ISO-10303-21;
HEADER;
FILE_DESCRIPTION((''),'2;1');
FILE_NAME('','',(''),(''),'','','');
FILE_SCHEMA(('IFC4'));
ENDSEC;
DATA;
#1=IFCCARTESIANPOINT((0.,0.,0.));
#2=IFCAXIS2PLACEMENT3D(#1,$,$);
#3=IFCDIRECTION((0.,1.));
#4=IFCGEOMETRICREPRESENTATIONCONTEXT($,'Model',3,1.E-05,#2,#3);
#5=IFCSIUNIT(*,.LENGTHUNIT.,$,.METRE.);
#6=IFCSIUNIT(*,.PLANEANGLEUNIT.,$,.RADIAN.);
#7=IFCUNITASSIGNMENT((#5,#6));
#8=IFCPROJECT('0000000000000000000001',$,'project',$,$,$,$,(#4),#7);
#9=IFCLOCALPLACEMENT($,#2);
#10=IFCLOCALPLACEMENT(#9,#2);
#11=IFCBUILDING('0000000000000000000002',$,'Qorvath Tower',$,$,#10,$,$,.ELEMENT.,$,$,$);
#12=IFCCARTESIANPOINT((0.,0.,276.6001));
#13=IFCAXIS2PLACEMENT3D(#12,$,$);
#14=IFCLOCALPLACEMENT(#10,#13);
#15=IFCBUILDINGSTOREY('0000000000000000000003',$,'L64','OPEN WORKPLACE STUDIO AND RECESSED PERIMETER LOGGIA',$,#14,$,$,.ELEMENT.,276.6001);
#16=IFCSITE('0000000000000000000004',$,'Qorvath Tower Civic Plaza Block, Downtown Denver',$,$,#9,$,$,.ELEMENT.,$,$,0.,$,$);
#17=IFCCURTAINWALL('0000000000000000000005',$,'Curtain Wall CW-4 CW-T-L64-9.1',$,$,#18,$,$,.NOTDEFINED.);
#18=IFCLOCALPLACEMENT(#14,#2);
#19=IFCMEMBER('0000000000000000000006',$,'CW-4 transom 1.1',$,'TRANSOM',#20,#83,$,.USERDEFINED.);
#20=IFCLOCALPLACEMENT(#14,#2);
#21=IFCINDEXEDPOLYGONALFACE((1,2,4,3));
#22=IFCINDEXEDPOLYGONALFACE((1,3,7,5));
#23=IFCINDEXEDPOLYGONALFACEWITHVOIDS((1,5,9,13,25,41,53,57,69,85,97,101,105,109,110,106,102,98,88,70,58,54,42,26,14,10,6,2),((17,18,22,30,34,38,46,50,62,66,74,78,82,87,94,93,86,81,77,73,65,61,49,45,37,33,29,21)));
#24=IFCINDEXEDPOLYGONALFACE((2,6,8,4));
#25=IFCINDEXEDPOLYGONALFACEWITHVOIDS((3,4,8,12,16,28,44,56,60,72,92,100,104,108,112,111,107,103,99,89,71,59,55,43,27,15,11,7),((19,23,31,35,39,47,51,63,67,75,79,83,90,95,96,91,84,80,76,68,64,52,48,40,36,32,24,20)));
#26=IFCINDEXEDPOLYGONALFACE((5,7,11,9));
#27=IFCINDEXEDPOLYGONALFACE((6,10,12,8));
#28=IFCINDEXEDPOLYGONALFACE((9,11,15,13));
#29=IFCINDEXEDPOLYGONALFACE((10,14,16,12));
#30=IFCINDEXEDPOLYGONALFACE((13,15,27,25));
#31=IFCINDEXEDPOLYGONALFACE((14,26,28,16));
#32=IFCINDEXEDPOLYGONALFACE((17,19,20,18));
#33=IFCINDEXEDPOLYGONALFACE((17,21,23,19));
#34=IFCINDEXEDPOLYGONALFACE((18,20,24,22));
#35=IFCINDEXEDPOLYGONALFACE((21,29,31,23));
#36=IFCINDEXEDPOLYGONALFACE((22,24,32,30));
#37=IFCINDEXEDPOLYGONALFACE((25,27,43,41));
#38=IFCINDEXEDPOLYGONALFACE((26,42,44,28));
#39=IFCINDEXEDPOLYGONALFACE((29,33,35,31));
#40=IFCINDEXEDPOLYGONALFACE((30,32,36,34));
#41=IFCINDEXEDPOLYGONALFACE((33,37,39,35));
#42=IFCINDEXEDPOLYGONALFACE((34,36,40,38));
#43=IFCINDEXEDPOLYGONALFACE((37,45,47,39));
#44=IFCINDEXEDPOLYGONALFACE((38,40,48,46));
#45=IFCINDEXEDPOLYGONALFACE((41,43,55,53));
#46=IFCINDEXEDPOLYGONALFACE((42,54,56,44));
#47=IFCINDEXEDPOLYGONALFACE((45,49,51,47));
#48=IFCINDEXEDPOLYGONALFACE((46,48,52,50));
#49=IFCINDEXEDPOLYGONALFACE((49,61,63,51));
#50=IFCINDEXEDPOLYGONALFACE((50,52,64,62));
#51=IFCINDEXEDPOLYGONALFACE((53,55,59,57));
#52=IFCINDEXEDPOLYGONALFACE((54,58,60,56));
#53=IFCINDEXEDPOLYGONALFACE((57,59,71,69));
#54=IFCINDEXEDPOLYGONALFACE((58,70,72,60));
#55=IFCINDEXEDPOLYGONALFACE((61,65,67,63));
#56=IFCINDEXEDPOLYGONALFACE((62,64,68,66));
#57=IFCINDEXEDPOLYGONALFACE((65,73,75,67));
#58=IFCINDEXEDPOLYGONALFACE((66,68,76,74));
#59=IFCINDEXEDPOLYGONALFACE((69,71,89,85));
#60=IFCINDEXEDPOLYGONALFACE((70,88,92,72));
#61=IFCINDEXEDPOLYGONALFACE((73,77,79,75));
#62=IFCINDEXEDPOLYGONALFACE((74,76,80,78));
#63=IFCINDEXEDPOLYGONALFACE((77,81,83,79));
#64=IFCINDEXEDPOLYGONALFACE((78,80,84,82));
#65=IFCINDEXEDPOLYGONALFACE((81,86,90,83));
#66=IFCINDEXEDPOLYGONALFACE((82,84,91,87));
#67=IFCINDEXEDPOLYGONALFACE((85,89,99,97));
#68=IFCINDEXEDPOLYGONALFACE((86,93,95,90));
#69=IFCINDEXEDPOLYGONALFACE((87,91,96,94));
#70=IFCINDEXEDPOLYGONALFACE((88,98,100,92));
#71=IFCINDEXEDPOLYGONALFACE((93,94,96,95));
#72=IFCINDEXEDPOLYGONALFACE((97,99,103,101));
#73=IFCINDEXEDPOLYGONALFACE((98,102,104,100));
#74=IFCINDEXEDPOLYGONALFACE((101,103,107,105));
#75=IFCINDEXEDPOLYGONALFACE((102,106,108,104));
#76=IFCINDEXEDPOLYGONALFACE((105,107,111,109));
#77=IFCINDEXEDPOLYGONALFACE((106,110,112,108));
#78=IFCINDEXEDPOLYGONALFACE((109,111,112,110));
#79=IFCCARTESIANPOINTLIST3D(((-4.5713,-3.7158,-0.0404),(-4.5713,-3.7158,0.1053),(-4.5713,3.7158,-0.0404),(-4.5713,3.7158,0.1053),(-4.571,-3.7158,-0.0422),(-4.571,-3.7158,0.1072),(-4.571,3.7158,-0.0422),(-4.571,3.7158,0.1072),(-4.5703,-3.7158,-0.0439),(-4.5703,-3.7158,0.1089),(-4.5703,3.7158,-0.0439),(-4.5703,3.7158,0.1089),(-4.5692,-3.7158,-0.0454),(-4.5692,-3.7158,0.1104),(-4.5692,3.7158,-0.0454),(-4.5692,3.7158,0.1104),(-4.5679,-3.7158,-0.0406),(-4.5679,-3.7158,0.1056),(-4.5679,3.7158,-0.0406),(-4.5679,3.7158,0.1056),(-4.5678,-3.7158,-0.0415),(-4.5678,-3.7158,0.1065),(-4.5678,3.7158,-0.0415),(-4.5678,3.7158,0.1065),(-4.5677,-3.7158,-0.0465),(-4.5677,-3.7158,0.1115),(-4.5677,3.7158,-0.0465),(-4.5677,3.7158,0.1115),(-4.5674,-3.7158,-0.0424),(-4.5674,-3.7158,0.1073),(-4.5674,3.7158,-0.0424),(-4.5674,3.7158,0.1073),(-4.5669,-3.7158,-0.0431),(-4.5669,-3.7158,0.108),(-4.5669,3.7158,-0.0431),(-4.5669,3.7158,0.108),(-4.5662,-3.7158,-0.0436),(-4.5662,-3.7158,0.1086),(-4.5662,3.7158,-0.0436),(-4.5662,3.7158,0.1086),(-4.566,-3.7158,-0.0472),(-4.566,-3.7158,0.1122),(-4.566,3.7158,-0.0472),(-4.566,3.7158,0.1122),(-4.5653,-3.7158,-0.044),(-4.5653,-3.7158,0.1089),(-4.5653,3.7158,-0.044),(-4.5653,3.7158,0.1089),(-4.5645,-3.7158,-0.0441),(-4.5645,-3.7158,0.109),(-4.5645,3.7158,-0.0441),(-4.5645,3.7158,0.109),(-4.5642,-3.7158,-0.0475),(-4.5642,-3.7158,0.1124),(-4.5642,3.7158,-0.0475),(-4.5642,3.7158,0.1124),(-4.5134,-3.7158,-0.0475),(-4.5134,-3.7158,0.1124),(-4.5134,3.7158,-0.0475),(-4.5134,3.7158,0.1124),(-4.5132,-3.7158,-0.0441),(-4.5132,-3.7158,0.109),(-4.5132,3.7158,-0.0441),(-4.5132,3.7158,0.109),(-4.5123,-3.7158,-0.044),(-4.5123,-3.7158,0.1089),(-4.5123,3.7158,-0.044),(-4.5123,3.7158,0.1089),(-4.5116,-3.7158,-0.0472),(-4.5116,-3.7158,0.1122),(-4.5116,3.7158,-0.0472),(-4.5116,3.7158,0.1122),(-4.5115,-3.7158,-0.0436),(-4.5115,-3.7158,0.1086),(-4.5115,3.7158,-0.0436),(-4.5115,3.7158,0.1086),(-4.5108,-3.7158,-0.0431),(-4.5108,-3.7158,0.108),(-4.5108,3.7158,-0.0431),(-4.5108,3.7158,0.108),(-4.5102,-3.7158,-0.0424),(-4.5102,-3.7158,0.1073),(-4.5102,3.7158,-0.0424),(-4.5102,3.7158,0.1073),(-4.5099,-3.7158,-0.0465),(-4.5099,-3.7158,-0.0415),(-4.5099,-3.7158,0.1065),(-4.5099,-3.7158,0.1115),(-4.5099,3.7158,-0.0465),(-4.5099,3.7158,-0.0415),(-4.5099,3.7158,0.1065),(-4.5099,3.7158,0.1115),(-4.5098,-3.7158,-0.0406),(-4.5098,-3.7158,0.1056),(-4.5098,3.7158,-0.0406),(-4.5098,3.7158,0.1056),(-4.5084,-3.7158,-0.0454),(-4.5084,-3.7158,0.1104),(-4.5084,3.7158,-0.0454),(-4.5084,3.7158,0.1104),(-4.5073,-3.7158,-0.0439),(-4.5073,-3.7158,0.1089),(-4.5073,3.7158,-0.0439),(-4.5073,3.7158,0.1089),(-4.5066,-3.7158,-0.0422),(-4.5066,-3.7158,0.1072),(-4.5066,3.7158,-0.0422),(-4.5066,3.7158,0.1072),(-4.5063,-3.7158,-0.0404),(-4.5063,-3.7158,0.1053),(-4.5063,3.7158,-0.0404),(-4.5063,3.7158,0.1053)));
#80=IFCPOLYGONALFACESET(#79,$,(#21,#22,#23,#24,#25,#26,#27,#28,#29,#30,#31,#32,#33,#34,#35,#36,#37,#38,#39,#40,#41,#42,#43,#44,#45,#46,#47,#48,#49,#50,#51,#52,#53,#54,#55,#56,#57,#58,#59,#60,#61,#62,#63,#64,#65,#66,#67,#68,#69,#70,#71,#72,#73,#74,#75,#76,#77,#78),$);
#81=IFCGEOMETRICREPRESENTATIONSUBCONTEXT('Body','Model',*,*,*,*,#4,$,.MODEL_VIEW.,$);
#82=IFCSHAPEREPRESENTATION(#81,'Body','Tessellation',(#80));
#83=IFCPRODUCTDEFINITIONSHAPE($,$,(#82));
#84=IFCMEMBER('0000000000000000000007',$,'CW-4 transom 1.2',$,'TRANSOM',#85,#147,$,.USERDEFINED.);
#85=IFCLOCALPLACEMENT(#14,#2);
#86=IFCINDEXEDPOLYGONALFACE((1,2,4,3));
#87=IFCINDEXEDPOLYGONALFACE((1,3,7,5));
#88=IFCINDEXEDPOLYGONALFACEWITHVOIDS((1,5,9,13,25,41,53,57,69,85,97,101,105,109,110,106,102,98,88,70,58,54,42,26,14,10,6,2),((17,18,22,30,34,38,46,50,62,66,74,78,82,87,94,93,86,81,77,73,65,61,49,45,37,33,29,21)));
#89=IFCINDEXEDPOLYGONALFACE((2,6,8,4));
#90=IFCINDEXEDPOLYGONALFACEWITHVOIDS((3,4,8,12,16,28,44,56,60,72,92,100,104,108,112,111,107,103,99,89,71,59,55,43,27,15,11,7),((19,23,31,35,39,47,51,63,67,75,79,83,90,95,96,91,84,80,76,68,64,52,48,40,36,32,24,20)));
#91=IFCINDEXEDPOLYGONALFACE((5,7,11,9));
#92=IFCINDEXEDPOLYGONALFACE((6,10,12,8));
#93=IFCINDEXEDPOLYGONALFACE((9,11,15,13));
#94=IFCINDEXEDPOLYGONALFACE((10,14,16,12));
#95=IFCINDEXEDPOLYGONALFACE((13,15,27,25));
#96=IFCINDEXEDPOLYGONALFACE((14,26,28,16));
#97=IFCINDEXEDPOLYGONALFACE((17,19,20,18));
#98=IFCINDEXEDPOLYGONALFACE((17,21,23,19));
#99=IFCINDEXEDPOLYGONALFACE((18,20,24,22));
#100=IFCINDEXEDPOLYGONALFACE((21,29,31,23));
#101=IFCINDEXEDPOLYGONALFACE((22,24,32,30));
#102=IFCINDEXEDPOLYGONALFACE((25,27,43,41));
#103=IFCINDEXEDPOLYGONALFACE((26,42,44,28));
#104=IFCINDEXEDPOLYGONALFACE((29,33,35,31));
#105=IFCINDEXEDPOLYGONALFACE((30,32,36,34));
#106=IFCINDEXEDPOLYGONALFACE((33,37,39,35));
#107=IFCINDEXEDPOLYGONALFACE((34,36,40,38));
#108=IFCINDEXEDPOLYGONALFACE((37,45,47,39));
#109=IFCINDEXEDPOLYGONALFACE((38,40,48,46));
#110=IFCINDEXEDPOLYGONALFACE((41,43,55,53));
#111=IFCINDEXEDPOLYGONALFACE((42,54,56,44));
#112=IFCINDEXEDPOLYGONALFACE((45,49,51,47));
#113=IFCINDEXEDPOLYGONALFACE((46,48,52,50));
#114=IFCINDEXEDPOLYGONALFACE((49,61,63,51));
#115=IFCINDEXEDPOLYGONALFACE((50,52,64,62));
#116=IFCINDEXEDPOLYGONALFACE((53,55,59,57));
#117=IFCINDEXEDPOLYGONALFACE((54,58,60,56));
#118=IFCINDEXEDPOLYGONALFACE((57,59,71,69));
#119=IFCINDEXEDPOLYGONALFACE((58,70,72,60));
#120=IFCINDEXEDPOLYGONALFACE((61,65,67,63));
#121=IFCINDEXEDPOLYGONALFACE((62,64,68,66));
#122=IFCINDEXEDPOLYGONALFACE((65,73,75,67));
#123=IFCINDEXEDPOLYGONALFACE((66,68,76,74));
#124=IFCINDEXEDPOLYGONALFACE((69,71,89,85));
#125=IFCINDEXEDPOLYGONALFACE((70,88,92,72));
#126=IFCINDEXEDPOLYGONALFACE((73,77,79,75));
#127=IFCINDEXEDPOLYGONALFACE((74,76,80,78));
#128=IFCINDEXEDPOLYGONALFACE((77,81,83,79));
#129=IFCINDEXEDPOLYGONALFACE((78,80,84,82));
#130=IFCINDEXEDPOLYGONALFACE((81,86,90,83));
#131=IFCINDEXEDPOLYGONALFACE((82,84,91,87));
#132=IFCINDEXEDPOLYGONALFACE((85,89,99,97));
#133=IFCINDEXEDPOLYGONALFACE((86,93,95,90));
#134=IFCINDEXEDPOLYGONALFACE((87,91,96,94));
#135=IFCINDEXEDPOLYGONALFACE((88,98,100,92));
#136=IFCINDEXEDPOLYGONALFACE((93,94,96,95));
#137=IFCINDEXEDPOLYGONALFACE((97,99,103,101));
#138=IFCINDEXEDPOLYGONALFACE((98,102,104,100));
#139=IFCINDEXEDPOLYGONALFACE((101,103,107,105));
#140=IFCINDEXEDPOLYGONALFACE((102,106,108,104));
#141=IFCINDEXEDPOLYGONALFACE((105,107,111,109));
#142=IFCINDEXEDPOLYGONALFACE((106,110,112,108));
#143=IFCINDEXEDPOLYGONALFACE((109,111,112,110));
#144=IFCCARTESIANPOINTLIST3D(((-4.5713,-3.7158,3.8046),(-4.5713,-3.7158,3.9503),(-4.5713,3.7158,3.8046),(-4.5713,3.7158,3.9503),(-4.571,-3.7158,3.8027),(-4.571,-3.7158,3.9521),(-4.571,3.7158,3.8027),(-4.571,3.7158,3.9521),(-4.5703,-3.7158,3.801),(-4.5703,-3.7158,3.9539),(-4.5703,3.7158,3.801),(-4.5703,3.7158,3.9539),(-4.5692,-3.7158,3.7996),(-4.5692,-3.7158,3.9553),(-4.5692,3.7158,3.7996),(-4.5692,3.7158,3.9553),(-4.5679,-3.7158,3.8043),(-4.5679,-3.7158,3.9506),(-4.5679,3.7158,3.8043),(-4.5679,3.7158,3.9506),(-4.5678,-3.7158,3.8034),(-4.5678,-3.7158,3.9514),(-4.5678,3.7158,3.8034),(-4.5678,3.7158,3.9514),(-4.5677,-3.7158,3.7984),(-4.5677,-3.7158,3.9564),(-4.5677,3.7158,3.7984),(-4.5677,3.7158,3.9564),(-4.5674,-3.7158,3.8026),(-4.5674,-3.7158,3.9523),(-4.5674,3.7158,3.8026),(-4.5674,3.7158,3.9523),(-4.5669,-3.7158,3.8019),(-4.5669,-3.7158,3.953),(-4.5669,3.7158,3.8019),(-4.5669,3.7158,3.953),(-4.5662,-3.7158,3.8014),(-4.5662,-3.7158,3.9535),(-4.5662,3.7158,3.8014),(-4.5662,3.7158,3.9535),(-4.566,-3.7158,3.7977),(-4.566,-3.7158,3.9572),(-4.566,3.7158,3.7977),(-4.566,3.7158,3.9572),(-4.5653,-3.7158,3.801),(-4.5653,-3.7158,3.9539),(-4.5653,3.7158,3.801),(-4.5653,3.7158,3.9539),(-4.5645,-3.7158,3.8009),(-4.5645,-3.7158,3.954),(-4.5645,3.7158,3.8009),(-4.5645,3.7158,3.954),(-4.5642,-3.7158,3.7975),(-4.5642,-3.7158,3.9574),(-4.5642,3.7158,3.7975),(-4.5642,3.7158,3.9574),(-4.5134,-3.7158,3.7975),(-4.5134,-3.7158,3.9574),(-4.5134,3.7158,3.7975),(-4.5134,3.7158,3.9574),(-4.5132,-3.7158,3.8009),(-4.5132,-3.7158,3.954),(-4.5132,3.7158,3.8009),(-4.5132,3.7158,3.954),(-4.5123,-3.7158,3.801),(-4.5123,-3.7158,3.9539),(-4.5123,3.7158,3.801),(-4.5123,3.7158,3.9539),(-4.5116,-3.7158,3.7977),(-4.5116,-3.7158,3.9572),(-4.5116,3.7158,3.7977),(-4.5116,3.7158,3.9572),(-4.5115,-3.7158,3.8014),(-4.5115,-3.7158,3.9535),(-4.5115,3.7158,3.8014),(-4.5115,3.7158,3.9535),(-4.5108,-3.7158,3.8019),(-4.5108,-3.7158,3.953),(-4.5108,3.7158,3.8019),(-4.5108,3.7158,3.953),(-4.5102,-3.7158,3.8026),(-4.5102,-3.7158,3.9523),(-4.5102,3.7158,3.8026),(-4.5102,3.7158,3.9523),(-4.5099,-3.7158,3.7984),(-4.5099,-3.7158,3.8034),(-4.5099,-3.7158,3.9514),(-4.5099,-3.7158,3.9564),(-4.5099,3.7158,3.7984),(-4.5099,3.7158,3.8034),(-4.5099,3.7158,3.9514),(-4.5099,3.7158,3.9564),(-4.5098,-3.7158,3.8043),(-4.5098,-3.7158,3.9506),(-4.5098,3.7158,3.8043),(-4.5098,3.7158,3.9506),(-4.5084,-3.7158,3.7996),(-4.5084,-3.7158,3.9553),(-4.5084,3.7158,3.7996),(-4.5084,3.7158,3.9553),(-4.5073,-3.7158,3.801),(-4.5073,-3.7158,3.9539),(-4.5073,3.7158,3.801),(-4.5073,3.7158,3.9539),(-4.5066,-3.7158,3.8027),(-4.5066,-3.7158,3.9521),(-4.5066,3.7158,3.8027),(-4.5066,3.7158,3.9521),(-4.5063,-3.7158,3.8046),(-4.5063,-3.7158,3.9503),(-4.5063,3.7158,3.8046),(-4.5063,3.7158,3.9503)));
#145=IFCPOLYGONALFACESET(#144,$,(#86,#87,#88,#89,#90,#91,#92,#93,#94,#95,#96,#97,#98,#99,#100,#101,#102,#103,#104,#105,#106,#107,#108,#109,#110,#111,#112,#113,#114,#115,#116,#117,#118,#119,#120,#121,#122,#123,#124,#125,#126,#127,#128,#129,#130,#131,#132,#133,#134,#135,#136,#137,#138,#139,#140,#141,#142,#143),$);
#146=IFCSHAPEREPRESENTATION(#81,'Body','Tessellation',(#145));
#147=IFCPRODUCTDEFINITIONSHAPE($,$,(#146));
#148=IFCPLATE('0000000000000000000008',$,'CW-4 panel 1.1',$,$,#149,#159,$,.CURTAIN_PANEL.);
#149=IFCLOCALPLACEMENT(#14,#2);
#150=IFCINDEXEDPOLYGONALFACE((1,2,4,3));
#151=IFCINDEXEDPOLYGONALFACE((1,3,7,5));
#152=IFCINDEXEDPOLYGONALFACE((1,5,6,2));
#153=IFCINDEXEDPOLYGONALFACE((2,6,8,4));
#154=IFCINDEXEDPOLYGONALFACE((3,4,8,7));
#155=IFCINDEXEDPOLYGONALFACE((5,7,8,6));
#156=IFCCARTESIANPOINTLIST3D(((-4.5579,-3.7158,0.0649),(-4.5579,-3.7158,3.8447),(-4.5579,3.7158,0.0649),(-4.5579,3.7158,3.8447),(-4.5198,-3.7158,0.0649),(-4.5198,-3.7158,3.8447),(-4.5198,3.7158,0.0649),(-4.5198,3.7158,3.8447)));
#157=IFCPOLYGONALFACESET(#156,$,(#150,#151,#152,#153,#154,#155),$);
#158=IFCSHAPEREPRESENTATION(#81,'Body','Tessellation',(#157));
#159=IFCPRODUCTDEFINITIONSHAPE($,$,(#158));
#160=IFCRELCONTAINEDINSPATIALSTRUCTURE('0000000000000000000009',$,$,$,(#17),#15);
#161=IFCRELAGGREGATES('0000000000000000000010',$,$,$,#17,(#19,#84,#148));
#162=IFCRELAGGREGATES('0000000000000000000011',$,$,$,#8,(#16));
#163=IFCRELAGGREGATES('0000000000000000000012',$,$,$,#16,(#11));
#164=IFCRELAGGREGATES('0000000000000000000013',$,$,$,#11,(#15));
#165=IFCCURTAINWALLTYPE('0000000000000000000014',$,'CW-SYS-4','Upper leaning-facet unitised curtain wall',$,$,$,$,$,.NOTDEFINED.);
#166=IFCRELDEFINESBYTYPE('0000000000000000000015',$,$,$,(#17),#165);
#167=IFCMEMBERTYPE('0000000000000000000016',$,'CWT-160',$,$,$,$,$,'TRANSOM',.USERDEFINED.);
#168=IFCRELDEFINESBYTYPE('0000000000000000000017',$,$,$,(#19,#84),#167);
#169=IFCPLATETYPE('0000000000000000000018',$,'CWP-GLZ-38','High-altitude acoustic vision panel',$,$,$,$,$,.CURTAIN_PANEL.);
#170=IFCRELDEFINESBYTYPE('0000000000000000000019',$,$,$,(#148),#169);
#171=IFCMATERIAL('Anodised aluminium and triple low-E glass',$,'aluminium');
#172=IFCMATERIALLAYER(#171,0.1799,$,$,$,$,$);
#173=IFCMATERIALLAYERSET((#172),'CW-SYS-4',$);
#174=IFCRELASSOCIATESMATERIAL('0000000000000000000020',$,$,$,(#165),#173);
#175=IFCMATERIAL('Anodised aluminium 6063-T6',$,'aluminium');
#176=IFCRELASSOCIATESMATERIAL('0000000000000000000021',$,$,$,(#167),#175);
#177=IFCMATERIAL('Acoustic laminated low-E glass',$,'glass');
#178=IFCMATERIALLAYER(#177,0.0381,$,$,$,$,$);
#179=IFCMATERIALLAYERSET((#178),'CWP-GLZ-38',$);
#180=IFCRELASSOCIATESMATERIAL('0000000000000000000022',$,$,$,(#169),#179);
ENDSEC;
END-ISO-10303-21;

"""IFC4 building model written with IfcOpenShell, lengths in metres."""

from ifc_helpers import new_model, si_unit, direction, frame, origin, origin_2d, place, context, subcontext, project, spatial, rectangle, hollow_rectangle, extrude, material, layer, layer_set, material_profile, profile_set, type_object, element, aggregate, save


model = new_model("IFC4")

# Units and contexts
model_context = context("Model", 3, precision=1e-05, world=origin(), true_north=direction((0.0, 1.0)))
body_context = subcontext(model_context, "Body", "Model", "MODEL_VIEW")
ifc_project = project(units=[si_unit("LENGTHUNIT", "METRE"), si_unit("PLANEANGLEUNIT", "RADIAN")], contexts=[model_context])

# Site, building, storey
site_placement = place(None, origin())
site = spatial("IfcSite", under=ifc_project, at=site_placement, Name="Qorvath Tower Civic Plaza Block, Downtown Denver", CompositionType="ELEMENT", RefElevation=0.0)
building_placement = place(site_placement, origin())
building = spatial("IfcBuilding", under=site, at=building_placement, Name="Qorvath Tower", CompositionType="ELEMENT")
storey_placement = place(building_placement, frame((0.0, 0.0, 276.6001)))
storey = spatial("IfcBuildingStorey", under=building, at=storey_placement, Name="L64", Description="OPEN WORKPLACE STUDIO AND RECESSED PERIMETER LOGGIA", CompositionType="ELEMENT", Elevation=276.6001)

# Shared definitions
ifc_material_1 = material(Name="Anodised aluminium and triple low-E glass", Category="aluminium")
ifc_layer_1 = layer(ifc_material_1, 0.1799)
ifc_layer_set_1 = layer_set([ifc_layer_1], Name="CW-SYS-4")
curtain_wall_type = type_object("IfcCurtainWallType", Name="CW-SYS-4", Description="Upper leaning-facet unitised curtain wall", PredefinedType="NOTDEFINED", material=ifc_layer_set_1)

# Curtain wall, members, plate
curtain_wall_1_placement = place(storey_placement, origin())
curtain_wall_1 = element("IfcCurtainWall", 1, at=curtain_wall_1_placement, inside=storey, type_object=curtain_wall_type, Name="Curtain Wall CW-4 CW-T-L64-9.1", PredefinedType="NOTDEFINED")
ifc_material_2 = material(Name="Anodised aluminium 6063-T6", Category="aluminium")
ifc_material_profile_1 = material_profile(ifc_material_2, hollow_rectangle(XDim=0.0649, YDim=0.1599, WallThickness=0.0034, InnerFilletRadius=0.0034, OuterFilletRadius=0.0071, at=origin_2d()), Name="CWT 160x65")
ifc_profile_set_1 = profile_set([ifc_material_profile_1], Name="Anodised aluminium 6063-T6")
member_type_1 = type_object("IfcMemberType", Name="CWT-160", ElementType="TRANSOM", PredefinedType="USERDEFINED", material=ifc_profile_set_1)
member_1_placement = place(storey_placement, frame((-4.5388, -3.7158, 0.0325), z_axis=(0.0, 1.0, 0.0), x_axis=(-1.0, 0.0, 0.0)))
member_1 = element("IfcMember", 2, at=member_1_placement, type_object=member_type_1, Name="CW-4 transom 1.1", ObjectType="TRANSOM", PredefinedType="USERDEFINED", context=body_context, shape_type="SweptSolid", body=[
    extrude(hollow_rectangle(XDim=0.0649, YDim=0.1599, WallThickness=0.0034, InnerFilletRadius=0.0034, OuterFilletRadius=0.0071, at=origin_2d()), origin(), (0.0, 0.0, 1.0), 7.4316),
])
member_2_placement = place(storey_placement, frame((-4.5388, -3.7158, 3.8774), z_axis=(0.0, 1.0, 0.0), x_axis=(-1.0, 0.0, 0.0)))
member_2 = element("IfcMember", 3, at=member_2_placement, type_object=member_type_1, Name="CW-4 transom 1.2", ObjectType="TRANSOM", PredefinedType="USERDEFINED", context=body_context, shape_type="SweptSolid", body=[
    extrude(hollow_rectangle(XDim=0.0649, YDim=0.1599, WallThickness=0.0034, InnerFilletRadius=0.0034, OuterFilletRadius=0.0071, at=origin_2d()), origin(), (0.0, 0.0, 1.0), 7.4316),
])
ifc_material_3 = material(Name="Acoustic laminated low-E glass", Category="glass")
ifc_layer_2 = layer(ifc_material_3, 0.0381)
ifc_layer_set_2 = layer_set([ifc_layer_2], Name="CWP-GLZ-38")
plate_type = type_object("IfcPlateType", Name="CWP-GLZ-38", Description="High-altitude acoustic vision panel", PredefinedType="CURTAIN_PANEL", material=ifc_layer_set_2)
plate_placement = place(storey_placement, frame((-4.5388, 0.0, 0.0649), z_axis=(0.0, 0.0, 1.0), x_axis=(0.0, 1.0, 0.0)))
plate = element("IfcPlate", 4, at=plate_placement, type_object=plate_type, Name="CW-4 panel 1.1", PredefinedType="CURTAIN_PANEL", context=body_context, shape_type="SweptSolid", body=[
    extrude(rectangle(XDim=7.4316, YDim=0.0381, at=origin_2d()), origin(), (0.0, 0.0, 1.0), 3.7798),
])
aggregate(curtain_wall_1, [member_1, member_2, plate])

save(model, "model.ifc")
